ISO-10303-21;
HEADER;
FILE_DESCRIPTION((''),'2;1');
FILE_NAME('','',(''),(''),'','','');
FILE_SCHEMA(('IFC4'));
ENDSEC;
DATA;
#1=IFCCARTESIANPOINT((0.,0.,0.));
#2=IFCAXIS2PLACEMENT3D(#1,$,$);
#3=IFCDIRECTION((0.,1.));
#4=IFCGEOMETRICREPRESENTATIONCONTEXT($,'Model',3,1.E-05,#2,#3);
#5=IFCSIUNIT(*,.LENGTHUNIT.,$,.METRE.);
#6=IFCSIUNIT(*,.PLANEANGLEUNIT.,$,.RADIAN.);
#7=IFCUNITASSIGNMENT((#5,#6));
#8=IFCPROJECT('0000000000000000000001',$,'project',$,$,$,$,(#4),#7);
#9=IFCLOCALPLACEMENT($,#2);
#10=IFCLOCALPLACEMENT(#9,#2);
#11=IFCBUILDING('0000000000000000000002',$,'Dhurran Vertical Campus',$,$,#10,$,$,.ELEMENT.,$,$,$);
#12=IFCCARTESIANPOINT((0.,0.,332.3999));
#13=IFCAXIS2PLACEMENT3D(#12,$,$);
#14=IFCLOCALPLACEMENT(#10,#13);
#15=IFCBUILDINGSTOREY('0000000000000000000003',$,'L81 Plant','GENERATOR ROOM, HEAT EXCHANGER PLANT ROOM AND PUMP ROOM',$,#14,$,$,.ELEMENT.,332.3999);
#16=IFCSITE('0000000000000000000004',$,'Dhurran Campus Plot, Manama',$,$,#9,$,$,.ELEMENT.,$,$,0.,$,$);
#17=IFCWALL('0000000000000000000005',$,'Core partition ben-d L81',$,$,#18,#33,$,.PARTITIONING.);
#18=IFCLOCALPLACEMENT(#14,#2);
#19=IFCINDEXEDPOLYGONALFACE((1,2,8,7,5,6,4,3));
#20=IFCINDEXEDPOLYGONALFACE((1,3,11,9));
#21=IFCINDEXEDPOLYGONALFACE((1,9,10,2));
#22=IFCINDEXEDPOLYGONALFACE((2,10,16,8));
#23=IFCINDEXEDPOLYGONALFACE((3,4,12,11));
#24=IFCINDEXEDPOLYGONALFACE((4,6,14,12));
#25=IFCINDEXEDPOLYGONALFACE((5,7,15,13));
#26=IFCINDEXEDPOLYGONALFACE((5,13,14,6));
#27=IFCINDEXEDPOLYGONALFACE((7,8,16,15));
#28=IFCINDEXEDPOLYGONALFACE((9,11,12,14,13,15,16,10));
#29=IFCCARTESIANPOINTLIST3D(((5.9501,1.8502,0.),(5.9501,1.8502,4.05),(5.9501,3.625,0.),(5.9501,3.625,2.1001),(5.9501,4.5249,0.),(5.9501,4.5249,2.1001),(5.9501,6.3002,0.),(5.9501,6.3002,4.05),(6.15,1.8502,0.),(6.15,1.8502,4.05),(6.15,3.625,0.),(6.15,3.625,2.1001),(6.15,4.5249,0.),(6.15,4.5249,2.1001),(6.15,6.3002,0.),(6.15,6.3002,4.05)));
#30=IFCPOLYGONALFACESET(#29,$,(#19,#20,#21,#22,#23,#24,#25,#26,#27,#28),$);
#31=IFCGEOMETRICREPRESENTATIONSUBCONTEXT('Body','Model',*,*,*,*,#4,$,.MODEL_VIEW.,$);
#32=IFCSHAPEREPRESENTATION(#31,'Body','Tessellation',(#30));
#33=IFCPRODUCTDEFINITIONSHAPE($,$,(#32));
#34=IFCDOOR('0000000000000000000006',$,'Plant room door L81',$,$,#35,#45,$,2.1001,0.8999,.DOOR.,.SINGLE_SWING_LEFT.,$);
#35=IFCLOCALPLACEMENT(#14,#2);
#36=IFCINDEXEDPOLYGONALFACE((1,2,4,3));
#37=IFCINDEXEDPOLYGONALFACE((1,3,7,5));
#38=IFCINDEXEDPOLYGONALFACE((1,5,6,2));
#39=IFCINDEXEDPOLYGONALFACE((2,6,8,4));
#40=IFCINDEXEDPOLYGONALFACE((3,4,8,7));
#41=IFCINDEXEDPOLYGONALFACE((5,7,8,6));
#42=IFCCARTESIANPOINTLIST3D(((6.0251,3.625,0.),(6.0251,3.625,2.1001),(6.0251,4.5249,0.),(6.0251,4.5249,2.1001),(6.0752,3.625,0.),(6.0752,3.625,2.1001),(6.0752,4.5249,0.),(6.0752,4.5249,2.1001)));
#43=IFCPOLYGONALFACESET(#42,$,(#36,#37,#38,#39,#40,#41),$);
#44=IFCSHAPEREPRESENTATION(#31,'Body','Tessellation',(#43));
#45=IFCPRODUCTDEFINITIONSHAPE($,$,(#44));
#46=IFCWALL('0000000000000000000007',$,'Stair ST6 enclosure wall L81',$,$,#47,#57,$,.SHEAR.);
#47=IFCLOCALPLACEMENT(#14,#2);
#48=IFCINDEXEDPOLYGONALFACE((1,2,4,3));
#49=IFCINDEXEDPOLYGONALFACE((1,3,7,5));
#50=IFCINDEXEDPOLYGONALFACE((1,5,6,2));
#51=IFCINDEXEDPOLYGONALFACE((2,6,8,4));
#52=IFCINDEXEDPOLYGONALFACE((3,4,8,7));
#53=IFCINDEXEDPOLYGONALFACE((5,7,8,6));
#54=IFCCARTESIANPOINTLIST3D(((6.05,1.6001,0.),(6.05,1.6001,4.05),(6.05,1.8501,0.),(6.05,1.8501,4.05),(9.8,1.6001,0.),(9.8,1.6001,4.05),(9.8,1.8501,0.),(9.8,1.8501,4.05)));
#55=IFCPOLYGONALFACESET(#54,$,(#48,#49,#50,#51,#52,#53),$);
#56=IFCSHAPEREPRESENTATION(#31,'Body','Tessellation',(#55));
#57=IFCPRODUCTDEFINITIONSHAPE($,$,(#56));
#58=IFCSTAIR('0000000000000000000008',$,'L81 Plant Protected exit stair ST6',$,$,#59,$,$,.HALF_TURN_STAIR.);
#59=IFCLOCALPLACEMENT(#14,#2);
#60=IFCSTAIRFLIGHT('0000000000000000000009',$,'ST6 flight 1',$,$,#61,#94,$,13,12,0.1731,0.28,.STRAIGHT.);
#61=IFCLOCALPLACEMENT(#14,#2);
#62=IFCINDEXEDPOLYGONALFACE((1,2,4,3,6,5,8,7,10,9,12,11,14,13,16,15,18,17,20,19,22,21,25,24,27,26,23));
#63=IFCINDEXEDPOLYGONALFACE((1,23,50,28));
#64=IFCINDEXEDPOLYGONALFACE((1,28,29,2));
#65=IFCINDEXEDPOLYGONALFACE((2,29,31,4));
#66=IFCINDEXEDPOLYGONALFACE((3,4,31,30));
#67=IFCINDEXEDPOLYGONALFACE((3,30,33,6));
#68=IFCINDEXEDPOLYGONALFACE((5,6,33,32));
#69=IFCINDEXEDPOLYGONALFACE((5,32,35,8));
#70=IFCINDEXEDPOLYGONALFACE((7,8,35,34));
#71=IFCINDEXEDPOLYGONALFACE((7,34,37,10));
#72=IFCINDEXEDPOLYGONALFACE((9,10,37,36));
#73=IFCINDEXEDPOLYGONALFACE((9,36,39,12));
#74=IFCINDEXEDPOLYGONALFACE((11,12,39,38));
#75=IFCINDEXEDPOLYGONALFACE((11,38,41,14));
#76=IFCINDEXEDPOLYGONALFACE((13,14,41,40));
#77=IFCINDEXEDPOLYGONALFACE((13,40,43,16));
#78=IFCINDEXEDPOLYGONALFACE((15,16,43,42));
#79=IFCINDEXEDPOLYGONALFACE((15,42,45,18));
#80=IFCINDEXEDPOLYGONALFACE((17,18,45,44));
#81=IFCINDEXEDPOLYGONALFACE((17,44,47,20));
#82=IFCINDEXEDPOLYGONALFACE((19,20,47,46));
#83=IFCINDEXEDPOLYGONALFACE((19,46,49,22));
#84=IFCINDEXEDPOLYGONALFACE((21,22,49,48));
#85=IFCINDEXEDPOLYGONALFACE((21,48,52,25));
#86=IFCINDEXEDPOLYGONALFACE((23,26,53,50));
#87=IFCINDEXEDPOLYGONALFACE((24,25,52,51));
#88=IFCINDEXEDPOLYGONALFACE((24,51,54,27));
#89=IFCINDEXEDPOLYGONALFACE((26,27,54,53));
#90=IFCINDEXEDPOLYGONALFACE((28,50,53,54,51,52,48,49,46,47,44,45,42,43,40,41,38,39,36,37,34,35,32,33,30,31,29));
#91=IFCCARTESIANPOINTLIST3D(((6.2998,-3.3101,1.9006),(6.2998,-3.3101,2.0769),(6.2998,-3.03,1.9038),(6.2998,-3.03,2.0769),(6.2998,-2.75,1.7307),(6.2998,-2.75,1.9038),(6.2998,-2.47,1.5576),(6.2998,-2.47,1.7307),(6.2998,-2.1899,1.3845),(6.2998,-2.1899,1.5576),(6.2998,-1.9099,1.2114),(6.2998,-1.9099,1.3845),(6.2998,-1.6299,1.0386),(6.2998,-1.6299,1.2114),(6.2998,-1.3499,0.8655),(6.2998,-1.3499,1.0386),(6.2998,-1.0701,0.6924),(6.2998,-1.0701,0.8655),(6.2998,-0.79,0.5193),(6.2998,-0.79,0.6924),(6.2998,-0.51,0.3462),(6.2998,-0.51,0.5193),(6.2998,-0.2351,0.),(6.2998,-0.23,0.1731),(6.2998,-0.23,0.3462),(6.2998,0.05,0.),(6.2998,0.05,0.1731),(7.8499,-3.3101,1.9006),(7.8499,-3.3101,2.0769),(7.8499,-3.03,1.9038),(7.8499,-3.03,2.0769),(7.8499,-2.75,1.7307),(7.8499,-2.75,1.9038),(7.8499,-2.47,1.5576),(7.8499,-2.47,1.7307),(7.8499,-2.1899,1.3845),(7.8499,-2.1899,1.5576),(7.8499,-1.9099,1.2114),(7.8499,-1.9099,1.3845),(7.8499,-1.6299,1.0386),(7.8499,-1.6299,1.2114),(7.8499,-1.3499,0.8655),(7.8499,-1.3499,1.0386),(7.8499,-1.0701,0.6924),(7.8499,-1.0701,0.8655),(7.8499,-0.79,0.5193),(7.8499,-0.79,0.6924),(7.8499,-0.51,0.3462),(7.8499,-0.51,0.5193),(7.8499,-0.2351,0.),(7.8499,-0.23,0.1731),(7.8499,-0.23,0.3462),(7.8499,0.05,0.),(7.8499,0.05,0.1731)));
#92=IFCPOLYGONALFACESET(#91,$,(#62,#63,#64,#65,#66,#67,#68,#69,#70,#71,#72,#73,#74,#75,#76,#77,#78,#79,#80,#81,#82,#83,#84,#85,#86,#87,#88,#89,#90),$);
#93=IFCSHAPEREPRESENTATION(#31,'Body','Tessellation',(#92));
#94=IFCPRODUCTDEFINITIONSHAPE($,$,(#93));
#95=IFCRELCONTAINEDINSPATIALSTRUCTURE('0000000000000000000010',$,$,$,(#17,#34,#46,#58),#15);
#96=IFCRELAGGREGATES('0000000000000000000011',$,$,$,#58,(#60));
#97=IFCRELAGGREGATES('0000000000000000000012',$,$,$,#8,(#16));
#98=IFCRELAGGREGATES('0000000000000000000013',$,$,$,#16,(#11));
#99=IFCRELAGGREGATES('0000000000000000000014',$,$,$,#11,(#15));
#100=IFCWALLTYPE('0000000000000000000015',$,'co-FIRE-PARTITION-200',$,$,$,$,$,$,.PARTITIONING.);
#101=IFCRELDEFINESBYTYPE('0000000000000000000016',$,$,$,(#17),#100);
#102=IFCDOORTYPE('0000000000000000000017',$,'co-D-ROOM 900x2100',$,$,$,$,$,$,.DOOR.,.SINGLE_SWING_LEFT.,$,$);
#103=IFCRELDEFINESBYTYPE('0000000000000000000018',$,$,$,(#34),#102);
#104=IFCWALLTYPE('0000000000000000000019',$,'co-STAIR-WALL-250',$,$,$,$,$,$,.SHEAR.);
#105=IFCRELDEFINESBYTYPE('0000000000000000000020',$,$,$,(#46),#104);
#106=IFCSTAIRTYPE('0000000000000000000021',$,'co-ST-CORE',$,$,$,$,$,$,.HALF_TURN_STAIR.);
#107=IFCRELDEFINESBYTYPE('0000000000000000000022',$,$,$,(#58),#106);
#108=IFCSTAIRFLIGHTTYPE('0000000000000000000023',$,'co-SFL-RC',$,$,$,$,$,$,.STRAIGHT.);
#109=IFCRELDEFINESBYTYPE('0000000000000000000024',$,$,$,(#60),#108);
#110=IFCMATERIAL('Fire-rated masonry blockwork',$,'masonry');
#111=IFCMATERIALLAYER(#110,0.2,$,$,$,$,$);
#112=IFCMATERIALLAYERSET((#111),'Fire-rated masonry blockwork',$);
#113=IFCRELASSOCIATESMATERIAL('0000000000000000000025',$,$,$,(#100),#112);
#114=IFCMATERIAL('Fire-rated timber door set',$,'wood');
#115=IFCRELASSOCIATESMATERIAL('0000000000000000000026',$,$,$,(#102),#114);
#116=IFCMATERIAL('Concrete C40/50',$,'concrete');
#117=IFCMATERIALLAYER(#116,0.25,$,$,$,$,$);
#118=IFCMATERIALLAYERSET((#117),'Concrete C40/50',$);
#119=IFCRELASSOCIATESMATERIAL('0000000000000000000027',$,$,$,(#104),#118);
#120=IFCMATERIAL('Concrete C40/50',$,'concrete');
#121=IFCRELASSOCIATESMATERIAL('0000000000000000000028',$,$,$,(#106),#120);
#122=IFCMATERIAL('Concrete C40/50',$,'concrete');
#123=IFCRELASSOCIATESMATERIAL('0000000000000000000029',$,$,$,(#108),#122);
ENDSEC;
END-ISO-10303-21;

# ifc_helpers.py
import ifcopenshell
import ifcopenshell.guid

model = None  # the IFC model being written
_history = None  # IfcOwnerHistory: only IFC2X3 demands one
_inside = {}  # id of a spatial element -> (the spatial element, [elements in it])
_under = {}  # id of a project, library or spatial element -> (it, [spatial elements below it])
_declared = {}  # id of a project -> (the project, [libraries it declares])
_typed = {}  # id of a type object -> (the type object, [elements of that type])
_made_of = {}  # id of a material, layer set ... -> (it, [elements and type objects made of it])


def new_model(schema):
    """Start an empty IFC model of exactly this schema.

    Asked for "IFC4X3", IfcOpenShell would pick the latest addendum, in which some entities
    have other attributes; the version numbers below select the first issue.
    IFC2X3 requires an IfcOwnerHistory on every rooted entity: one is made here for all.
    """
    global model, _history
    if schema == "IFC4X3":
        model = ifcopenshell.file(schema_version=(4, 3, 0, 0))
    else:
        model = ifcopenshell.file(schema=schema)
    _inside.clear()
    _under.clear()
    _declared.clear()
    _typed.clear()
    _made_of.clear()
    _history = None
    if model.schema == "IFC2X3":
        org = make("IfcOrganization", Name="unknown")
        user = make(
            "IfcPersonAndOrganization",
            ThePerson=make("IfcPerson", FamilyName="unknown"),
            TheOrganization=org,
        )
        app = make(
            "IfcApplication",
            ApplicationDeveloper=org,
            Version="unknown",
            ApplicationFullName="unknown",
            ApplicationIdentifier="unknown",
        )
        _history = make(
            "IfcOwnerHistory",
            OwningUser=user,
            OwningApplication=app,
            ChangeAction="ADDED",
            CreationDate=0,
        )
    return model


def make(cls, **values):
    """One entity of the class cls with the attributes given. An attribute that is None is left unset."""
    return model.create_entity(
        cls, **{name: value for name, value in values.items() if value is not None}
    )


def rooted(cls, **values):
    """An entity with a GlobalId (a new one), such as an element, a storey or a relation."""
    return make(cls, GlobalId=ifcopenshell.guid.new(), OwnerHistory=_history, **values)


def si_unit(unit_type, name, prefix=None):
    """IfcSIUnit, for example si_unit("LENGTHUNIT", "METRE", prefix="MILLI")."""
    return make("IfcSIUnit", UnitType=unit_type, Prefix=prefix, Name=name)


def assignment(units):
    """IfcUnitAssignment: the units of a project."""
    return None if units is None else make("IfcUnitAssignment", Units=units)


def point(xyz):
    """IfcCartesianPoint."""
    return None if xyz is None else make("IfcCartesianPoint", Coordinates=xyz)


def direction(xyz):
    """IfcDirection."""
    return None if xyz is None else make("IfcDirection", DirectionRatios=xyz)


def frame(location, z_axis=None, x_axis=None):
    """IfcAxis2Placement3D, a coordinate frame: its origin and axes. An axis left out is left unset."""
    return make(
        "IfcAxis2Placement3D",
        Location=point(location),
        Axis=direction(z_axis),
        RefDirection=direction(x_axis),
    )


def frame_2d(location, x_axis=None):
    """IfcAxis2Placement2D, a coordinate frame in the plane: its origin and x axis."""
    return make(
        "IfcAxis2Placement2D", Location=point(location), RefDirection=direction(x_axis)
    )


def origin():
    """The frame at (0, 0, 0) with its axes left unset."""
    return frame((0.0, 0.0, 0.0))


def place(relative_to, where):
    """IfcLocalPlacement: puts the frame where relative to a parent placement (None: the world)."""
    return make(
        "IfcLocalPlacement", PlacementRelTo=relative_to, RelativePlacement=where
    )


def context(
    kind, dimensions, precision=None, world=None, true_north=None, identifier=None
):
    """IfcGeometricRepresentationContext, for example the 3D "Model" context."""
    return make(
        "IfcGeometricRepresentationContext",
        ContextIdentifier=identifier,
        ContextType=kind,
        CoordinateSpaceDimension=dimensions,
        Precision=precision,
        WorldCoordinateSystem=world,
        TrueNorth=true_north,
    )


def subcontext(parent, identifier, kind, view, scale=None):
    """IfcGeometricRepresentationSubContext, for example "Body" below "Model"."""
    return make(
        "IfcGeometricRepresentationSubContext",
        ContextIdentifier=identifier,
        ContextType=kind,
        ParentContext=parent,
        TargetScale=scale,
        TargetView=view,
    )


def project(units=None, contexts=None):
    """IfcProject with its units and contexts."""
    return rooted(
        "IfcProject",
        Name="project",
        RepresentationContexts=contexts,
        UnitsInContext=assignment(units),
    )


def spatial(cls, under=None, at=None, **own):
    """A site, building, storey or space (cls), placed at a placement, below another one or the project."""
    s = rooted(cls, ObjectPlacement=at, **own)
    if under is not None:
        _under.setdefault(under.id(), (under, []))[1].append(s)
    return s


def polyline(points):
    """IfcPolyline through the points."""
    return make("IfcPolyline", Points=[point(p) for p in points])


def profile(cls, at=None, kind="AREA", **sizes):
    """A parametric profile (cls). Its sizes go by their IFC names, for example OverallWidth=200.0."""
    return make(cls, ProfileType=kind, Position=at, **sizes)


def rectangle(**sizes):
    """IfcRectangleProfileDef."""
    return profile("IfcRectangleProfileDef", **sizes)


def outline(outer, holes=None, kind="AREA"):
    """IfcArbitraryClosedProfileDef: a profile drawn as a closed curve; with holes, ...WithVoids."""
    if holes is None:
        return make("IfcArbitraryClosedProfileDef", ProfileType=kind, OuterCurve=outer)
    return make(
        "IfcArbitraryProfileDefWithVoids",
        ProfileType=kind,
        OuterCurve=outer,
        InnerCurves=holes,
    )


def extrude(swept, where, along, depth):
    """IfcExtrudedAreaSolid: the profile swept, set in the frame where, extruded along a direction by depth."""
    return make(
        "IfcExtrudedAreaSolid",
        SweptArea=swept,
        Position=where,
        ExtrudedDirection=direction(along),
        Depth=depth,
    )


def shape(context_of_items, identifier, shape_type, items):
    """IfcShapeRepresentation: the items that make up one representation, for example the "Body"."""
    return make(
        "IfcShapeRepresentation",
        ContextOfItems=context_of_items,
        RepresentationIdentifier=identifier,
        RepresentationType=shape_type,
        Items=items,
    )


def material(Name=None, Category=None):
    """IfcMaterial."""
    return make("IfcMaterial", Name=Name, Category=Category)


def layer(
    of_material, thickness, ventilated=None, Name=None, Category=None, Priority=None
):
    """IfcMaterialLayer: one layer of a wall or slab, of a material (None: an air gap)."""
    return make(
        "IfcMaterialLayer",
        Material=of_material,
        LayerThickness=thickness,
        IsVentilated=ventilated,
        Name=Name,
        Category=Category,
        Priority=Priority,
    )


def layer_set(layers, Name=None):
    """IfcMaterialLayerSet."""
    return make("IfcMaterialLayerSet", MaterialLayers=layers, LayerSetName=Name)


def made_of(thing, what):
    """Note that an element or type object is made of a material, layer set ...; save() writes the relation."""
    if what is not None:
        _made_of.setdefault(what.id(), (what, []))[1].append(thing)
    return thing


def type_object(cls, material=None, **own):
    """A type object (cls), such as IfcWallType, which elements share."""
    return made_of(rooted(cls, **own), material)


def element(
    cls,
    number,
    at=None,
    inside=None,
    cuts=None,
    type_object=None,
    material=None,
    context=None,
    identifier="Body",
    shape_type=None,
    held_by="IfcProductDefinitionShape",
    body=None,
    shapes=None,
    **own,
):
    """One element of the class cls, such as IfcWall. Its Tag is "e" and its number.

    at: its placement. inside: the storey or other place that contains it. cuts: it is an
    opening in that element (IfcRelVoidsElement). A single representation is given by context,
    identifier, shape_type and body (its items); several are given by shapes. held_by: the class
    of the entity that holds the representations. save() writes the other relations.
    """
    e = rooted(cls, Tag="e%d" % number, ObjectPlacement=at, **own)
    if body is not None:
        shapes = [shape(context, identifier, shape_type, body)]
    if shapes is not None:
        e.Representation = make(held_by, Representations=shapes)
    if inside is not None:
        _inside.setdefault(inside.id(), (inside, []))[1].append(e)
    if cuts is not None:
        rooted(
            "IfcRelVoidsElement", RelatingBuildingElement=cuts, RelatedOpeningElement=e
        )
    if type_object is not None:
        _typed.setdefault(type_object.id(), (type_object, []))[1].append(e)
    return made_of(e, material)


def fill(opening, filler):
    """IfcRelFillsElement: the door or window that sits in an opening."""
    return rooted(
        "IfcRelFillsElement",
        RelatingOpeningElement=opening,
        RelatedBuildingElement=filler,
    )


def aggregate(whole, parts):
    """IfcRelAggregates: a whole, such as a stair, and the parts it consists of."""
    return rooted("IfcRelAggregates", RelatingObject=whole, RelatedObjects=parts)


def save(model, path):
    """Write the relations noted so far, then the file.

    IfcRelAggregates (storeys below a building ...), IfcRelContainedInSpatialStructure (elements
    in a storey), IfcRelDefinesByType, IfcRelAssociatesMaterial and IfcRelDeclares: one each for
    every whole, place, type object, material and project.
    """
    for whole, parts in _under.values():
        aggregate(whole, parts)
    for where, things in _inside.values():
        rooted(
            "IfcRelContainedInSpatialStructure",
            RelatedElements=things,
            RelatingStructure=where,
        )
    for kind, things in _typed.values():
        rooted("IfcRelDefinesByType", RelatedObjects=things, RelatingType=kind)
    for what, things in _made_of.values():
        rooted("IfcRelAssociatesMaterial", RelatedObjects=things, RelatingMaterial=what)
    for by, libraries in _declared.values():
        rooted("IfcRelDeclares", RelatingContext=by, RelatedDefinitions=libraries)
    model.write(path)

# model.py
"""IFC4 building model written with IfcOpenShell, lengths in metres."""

from ifc_helpers import new_model, si_unit, direction, frame, frame_2d, origin, place, context, subcontext, project, spatial, polyline, rectangle, outline, extrude, material, layer, layer_set, type_object, element, fill, aggregate, save


model = new_model("IFC4")

# Units and contexts
model_context = context("Model", 3, precision=1e-05, world=origin(), true_north=direction((0.0, 1.0)))
body_context = subcontext(model_context, "Body", "Model", "MODEL_VIEW")
ifc_project = project(units=[si_unit("LENGTHUNIT", "METRE"), si_unit("PLANEANGLEUNIT", "RADIAN")], contexts=[model_context])

# Site, building, storey
site_placement = place(None, origin())
site = spatial("IfcSite", under=ifc_project, at=site_placement, Name="Dhurran Campus Plot, Manama", CompositionType="ELEMENT", RefElevation=0.0)
building_placement = place(site_placement, origin())
building = spatial("IfcBuilding", under=site, at=building_placement, Name="Dhurran Vertical Campus", CompositionType="ELEMENT")
storey_placement = place(building_placement, frame((0.0, 0.0, 332.3999)))
storey = spatial("IfcBuildingStorey", under=building, at=storey_placement, Name="L81 Plant", Description="GENERATOR ROOM, HEAT EXCHANGER PLANT ROOM AND PUMP ROOM", CompositionType="ELEMENT", Elevation=332.3999)

# Wall, opening, door
ifc_material_1 = material(Name="Fire-rated masonry blockwork", Category="masonry")
ifc_layer_1 = layer(ifc_material_1, 0.2)
ifc_layer_set_1 = layer_set([ifc_layer_1], Name="Fire-rated masonry blockwork")
wall_type_1 = type_object("IfcWallType", Name="co-FIRE-PARTITION-200", PredefinedType="PARTITIONING", material=ifc_layer_set_1)
wall_1_placement = place(storey_placement, frame((6.05, 1.8501, 0.0), z_axis=(0.0, 0.0, 1.0), x_axis=(0.0, 1.0, 0.0)))
wall_1 = element("IfcWall", 1, at=wall_1_placement, inside=storey, type_object=wall_type_1, Name="Core partition ben-d L81", PredefinedType="PARTITIONING", context=body_context, shape_type="SweptSolid", body=[
    extrude(rectangle(XDim=4.45, YDim=0.2, at=frame_2d((2.2251, 0.0))), origin(), (0.0, 0.0, 1.0), 4.05),
])
opening_1_placement = place(wall_1_placement, frame((1.7749, 0.0, 0.0)))
opening_1 = element("IfcOpeningElement", 2, at=opening_1_placement, cuts=wall_1, PredefinedType="OPENING", context=body_context, shape_type="SweptSolid", body=[
    extrude(rectangle(XDim=0.8999, YDim=2.1001, at=frame_2d((0.45, 1.05))), frame((0.0, 0.1099, 0.0), z_axis=(0.0, -1.0, 0.0), x_axis=(1.0, 0.0, 0.0)), (0.0, 0.0, 1.0), 0.22),
])
ifc_material_2 = material(Name="Fire-rated timber door set", Category="wood")
door_type = type_object("IfcDoorType", Name="co-D-ROOM 900x2100", OperationType="SINGLE_SWING_LEFT", PredefinedType="DOOR", material=ifc_material_2)
door_placement = place(opening_1_placement, origin())
door = element("IfcDoor", 3, at=door_placement, inside=storey, type_object=door_type, Name="Plant room door L81", OperationType="SINGLE_SWING_LEFT", OverallHeight=2.1001, OverallWidth=0.8999, PredefinedType="DOOR", context=body_context, shape_type="SweptSolid", body=[
    extrude(rectangle(XDim=0.8999, YDim=2.1001, at=frame_2d((0.45, 1.05))), frame((0.0, 0.0249, 0.0), z_axis=(0.0, -1.0, 0.0), x_axis=(1.0, 0.0, 0.0)), (0.0, 0.0, 1.0), 0.05),
])
fill(opening_1, door)

# Wall
ifc_material_3 = material(Name="Concrete C40/50", Category="concrete")
ifc_layer_2 = layer(ifc_material_3, 0.25)
ifc_layer_set_2 = layer_set([ifc_layer_2], Name="Concrete C40/50")
wall_type_2 = type_object("IfcWallType", Name="co-STAIR-WALL-250", PredefinedType="SHEAR", material=ifc_layer_set_2)
wall_2_placement = place(storey_placement, frame((6.05, 1.7251, 0.0), z_axis=(0.0, 0.0, 1.0), x_axis=(1.0, 0.0, 0.0)))
element("IfcWall", 4, at=wall_2_placement, inside=storey, type_object=wall_type_2, Name="Stair ST6 enclosure wall L81", PredefinedType="SHEAR", context=body_context, shape_type="SweptSolid", body=[
    extrude(rectangle(XDim=3.75, YDim=0.25, at=frame_2d((1.875, 0.0))), origin(), (0.0, 0.0, 1.0), 4.05),
])

# Stair, stair flight
ifc_material_4 = material(Name="Concrete C40/50", Category="concrete")
stair_type = type_object("IfcStairType", Name="co-ST-CORE", PredefinedType="HALF_TURN_STAIR", material=ifc_material_4)
stair_placement = place(storey_placement, origin())
stair = element("IfcStair", 5, at=stair_placement, inside=storey, type_object=stair_type, Name="L81 Plant Protected exit stair ST6", PredefinedType="HALF_TURN_STAIR")
ifc_material_5 = material(Name="Concrete C40/50", Category="concrete")
stair_flight_type = type_object("IfcStairFlightType", Name="co-SFL-RC", PredefinedType="STRAIGHT", material=ifc_material_5)
stair_flight_placement = place(storey_placement, frame((7.075, 0.05, 0.0), z_axis=(0.0, 0.0, 1.0), x_axis=(0.0, -1.0, 0.0)))
stair_flight = element("IfcStairFlight", 6, at=stair_flight_placement, type_object=stair_flight_type, Name="ST6 flight 1", NumberOfRisers=13, NumberOfTreads=12, PredefinedType="STRAIGHT", RiserHeight=0.1731, TreadLength=0.28, context=body_context, shape_type="SweptSolid", body=[
    extrude(outline(polyline([(0.0, 0.0), (0.0, 0.1731), (0.28, 0.1731), (0.28, 0.3462), (0.5601, 0.3462), (0.5601, 0.5193), (0.8401, 0.5193), (0.8401, 0.6924), (1.1201, 0.6924), (1.1201, 0.8655), (1.3999, 0.8655), (1.3999, 1.0386), (1.6799, 1.0386), (1.6799, 1.2114), (1.96, 1.2114), (1.96, 1.3845), (2.24, 1.3845), (2.24, 1.5576), (2.52, 1.5576), (2.52, 1.7307), (2.8, 1.7307), (2.8, 1.9038), (3.0801, 1.9038), (3.0801, 2.0769), (3.3601, 2.0769), (3.3601, 2.25), (3.3601, 1.9006), (0.2852, 0.0), (0.0, 0.0)])), frame((0.0, 0.7749, 0.0), z_axis=(0.0, -1.0, 0.0), x_axis=(1.0, 0.0, 0.0)), (0.0, 0.0, 1.0), 1.55),
])
aggregate(stair, [stair_flight])

save(model, "model.ifc")
